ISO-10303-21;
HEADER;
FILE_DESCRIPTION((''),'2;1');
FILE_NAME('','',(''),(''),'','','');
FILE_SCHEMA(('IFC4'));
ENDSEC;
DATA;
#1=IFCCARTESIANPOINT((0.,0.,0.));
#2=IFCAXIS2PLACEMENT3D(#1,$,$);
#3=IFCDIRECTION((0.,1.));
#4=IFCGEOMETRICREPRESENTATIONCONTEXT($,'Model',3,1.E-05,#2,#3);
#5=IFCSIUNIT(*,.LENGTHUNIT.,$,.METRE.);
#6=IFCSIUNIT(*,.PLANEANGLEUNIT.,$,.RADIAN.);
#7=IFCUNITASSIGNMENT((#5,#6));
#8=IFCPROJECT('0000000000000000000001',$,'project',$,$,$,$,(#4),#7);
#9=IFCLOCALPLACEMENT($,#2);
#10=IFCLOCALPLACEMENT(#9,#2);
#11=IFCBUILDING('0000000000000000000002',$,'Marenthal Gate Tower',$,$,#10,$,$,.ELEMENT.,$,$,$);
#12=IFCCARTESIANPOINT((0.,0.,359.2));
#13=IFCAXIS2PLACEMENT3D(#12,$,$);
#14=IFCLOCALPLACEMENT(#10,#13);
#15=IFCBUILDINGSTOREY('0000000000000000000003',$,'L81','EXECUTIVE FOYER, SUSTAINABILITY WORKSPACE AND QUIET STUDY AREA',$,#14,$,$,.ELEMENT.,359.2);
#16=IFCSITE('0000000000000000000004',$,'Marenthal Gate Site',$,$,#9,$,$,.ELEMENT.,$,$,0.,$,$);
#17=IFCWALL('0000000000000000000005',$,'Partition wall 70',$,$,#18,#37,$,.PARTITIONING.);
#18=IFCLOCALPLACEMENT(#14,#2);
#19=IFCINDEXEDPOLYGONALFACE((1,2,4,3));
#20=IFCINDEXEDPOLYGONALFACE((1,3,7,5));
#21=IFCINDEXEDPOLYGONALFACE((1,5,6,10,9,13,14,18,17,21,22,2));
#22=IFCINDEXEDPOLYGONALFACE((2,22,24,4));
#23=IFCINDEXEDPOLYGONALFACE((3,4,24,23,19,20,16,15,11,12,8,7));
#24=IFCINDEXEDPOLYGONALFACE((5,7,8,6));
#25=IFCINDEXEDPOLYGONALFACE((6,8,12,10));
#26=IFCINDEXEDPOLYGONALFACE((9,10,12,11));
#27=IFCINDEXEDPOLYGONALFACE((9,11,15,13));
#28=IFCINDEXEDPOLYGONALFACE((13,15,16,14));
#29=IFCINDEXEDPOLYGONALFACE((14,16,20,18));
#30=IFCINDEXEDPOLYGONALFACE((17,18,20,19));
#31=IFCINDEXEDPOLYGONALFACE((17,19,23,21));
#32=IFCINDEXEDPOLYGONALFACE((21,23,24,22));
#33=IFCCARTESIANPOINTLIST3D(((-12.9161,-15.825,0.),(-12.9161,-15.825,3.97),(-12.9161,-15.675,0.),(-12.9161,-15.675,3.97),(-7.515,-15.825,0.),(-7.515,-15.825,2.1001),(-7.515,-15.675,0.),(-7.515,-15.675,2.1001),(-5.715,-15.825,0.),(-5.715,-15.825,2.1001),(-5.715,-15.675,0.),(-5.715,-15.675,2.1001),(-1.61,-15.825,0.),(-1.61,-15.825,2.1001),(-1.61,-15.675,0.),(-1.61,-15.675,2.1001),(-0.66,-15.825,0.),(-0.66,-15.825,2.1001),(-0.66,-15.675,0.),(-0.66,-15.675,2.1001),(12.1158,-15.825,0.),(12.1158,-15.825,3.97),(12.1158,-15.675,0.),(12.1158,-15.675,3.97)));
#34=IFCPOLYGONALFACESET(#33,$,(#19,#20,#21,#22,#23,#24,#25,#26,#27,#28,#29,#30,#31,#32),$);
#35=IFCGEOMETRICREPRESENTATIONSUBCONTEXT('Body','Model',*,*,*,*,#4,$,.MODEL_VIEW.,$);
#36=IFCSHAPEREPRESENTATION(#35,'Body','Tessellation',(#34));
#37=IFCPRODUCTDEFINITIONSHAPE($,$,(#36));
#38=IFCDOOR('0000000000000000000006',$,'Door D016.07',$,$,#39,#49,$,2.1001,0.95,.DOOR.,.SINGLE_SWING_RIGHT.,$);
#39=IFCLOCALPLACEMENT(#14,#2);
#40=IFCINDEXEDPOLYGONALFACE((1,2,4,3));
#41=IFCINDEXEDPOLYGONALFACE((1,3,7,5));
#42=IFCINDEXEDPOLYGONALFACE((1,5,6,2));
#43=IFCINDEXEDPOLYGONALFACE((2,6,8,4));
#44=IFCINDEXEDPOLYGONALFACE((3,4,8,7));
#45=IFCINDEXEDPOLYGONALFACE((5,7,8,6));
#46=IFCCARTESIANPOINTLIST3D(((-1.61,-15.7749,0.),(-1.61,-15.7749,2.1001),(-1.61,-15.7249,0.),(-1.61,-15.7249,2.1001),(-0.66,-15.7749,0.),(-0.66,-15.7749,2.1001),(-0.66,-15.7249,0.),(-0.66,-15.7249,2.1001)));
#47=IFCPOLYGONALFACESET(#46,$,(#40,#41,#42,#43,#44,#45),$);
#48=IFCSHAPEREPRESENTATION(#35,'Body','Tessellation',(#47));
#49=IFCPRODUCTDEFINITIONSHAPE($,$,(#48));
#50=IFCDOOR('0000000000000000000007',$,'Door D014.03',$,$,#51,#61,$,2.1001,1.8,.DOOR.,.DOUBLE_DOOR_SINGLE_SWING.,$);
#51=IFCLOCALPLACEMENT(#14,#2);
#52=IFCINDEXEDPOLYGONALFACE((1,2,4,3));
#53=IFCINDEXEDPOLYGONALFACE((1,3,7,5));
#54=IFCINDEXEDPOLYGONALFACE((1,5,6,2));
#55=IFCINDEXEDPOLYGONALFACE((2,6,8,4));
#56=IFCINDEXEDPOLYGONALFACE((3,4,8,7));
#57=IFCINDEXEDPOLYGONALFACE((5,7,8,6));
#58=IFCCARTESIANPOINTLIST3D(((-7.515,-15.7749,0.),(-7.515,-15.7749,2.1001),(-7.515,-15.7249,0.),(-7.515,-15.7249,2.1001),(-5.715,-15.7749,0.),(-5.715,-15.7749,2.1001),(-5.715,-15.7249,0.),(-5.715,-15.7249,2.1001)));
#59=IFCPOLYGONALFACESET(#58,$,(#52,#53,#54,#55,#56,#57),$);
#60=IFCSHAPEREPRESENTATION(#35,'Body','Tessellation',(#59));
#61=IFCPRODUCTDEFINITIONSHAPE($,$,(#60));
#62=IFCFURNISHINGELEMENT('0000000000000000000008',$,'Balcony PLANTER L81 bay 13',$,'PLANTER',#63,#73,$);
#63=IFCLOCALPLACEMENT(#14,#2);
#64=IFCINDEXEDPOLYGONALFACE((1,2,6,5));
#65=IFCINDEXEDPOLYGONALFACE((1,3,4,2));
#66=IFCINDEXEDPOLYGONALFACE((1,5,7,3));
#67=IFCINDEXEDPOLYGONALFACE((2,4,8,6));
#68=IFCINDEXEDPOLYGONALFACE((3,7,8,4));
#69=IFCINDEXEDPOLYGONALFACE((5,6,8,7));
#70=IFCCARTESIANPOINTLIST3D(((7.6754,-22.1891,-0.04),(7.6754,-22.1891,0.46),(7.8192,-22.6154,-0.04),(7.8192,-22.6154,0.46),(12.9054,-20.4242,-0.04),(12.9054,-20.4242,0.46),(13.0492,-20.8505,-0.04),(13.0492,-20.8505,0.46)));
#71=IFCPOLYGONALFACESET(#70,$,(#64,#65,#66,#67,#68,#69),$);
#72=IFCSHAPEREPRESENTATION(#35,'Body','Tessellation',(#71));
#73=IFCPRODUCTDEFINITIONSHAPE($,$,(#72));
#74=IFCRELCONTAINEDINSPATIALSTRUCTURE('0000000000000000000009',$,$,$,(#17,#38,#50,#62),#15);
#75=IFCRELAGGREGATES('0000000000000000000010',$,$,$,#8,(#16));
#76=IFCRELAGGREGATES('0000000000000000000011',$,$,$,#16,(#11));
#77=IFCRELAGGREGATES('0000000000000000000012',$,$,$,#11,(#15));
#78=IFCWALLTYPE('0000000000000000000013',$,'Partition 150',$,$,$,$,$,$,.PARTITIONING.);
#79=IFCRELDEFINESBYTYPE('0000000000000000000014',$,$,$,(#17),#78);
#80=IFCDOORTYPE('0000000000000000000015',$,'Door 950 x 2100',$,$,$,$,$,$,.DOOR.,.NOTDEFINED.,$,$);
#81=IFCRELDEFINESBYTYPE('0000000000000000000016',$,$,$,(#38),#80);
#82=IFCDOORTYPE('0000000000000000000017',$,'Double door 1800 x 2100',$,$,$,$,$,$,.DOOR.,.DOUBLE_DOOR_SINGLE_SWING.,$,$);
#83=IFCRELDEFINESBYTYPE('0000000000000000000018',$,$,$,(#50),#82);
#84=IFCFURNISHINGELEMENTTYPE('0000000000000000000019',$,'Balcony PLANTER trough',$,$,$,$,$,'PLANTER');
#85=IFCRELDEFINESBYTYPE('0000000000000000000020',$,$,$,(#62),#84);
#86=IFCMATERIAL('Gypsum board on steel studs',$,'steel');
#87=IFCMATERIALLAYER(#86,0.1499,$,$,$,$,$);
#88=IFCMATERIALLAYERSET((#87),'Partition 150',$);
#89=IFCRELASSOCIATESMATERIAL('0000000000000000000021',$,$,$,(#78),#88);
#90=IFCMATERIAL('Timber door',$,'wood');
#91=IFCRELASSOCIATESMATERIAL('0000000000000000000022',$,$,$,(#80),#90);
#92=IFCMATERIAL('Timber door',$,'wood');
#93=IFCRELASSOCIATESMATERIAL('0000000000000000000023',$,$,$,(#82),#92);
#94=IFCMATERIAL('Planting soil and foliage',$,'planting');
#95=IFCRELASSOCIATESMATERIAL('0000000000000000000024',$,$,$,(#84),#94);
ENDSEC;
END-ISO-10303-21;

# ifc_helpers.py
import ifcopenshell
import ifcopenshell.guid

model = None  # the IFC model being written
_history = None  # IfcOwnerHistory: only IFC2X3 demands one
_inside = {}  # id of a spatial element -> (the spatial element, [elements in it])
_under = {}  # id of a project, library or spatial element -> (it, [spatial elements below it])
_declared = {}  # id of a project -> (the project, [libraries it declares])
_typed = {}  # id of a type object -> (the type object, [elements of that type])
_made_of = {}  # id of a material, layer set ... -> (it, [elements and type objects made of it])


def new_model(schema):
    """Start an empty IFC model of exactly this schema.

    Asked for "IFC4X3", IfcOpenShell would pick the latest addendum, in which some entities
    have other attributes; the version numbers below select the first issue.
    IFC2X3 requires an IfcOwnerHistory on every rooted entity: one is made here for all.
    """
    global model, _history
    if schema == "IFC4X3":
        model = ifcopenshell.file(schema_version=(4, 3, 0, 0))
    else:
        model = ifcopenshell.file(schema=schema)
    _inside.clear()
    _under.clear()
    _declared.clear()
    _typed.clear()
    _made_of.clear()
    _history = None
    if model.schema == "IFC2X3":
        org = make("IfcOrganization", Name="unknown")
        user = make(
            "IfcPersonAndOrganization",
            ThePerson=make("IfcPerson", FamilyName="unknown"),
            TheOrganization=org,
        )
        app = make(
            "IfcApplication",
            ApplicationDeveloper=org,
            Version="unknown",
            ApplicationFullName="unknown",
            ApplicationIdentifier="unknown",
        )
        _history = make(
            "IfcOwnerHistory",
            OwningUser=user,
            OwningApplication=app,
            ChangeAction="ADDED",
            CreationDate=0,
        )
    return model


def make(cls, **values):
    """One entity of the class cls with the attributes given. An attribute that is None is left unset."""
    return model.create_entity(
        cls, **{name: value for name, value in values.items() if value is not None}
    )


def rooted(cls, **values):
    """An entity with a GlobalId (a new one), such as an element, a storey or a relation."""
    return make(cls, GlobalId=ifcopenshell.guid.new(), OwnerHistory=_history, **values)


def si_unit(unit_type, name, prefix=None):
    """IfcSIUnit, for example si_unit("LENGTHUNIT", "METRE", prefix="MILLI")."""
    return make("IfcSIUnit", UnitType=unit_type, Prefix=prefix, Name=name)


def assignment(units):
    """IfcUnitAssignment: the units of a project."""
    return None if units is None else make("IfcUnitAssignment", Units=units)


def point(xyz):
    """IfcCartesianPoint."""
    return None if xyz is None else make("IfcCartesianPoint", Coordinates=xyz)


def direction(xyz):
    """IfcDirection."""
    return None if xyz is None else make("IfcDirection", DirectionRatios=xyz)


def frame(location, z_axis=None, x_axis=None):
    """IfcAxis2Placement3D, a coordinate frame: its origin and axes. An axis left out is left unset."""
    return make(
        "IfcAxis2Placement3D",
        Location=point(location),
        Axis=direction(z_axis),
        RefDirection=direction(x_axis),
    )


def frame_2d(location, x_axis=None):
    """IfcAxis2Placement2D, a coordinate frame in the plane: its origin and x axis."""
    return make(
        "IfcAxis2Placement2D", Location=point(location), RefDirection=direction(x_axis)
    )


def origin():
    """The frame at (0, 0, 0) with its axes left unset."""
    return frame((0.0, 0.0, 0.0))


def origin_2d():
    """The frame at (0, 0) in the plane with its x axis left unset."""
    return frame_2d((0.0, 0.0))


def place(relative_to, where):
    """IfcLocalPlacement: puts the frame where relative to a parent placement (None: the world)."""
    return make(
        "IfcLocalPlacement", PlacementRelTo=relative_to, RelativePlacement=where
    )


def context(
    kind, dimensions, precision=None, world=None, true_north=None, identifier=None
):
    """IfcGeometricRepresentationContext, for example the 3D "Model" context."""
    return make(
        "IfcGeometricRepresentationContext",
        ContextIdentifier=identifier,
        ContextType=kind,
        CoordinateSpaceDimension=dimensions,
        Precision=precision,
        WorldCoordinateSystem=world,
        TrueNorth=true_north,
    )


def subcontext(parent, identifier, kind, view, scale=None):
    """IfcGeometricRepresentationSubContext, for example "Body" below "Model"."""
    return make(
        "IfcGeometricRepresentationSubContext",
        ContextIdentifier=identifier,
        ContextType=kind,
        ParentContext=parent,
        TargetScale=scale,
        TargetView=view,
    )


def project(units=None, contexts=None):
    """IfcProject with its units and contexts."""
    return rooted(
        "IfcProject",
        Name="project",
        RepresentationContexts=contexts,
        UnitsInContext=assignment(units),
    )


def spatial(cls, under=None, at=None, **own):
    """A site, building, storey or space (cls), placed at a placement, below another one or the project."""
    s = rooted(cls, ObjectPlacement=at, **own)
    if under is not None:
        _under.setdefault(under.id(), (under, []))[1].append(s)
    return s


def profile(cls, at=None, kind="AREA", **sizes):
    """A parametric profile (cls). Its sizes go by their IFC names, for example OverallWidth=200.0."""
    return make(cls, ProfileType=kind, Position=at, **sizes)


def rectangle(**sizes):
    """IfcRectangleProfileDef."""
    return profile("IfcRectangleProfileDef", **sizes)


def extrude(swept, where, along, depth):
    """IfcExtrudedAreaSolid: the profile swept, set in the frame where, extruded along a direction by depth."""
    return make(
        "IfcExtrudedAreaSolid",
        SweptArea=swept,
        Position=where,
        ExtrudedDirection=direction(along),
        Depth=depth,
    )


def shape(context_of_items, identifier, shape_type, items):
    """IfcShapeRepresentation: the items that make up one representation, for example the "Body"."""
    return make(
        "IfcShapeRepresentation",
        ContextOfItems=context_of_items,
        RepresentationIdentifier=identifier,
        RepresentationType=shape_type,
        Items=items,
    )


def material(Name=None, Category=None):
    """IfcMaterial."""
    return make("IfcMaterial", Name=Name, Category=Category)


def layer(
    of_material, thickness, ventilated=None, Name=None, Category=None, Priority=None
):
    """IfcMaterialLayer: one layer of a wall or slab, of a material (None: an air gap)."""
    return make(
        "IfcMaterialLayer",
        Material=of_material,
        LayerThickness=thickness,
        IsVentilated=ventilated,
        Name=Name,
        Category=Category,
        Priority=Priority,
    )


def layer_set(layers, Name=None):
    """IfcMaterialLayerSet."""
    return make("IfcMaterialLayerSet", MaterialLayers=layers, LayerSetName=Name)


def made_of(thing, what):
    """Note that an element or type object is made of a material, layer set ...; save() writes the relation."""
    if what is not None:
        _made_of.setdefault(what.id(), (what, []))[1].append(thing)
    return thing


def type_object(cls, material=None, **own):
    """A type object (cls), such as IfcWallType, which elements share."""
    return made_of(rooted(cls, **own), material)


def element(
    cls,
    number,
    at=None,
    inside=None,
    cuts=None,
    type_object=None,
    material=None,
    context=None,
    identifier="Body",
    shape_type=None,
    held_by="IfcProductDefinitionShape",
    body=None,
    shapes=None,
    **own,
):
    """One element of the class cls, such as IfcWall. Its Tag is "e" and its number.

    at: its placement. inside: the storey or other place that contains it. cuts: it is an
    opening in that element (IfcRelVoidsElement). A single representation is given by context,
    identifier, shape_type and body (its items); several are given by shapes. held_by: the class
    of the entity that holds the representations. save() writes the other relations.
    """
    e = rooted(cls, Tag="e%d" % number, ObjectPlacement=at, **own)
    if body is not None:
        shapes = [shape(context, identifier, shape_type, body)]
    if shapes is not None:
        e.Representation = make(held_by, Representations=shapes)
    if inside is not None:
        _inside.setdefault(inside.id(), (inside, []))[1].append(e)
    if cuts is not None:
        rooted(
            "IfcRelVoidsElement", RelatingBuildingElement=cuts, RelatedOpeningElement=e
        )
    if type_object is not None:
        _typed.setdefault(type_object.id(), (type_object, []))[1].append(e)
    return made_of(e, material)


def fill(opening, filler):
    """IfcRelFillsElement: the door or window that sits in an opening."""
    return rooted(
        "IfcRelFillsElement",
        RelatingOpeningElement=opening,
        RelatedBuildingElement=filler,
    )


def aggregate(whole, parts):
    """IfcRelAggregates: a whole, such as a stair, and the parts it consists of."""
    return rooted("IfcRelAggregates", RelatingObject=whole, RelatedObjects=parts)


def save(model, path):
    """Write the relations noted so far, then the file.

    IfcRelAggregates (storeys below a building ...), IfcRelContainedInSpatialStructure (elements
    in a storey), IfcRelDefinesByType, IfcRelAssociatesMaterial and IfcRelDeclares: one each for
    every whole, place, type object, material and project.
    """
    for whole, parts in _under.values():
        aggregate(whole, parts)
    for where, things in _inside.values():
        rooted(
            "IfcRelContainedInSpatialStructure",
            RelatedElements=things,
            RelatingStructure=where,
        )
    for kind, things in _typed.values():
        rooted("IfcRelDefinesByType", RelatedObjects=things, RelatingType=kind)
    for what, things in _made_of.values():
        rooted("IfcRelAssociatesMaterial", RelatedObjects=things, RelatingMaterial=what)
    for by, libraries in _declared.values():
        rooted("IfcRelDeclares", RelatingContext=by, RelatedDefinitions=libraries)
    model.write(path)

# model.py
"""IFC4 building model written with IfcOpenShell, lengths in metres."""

from ifc_helpers import new_model, si_unit, direction, frame, frame_2d, origin, origin_2d, place, context, subcontext, project, spatial, rectangle, extrude, material, layer, layer_set, type_object, element, fill, save


model = new_model("IFC4")

# Units and contexts
model_context = context("Model", 3, precision=1e-05, world=origin(), true_north=direction((0.0, 1.0)))
body_context = subcontext(model_context, "Body", "Model", "MODEL_VIEW")
ifc_project = project(units=[si_unit("LENGTHUNIT", "METRE"), si_unit("PLANEANGLEUNIT", "RADIAN")], contexts=[model_context])

# Site, building, storey
site_placement = place(None, origin())
site = spatial("IfcSite", under=ifc_project, at=site_placement, Name="Marenthal Gate Site", CompositionType="ELEMENT", RefElevation=0.0)
building_placement = place(site_placement, origin())
building = spatial("IfcBuilding", under=site, at=building_placement, Name="Marenthal Gate Tower", CompositionType="ELEMENT")
storey_placement = place(building_placement, frame((0.0, 0.0, 359.2)))
storey = spatial("IfcBuildingStorey", under=building, at=storey_placement, Name="L81", Description="EXECUTIVE FOYER, SUSTAINABILITY WORKSPACE AND QUIET STUDY AREA", CompositionType="ELEMENT", Elevation=359.2)

# Shared definitions
ifc_material_1 = material(Name="Gypsum board on steel studs", Category="steel")
ifc_layer_1 = layer(ifc_material_1, 0.1499)
ifc_layer_set_1 = layer_set([ifc_layer_1], Name="Partition 150")
wall_type_1 = type_object("IfcWallType", Name="Partition 150", PredefinedType="PARTITIONING", material=ifc_layer_set_1)

# Wall, openings, doors
wall_1_placement = place(storey_placement, frame((12.116, -15.75, 0.0), z_axis=(0.0, 0.0, 1.0), x_axis=(-1.0, 0.0, 0.0)))
wall_1 = element("IfcWall", 1, at=wall_1_placement, inside=storey, type_object=wall_type_1, Name="Partition wall 70", PredefinedType="PARTITIONING", context=body_context, shape_type="SweptSolid", body=[
    extrude(rectangle(XDim=25.032, YDim=0.1499, at=frame_2d((12.5161, 0.0))), origin(), (0.0, 0.0, 1.0), 3.97),
])
opening_1_placement = place(wall_1_placement, frame((12.7759, 0.0, 0.0)))
opening_1 = element("IfcOpeningElement", 2, at=opening_1_placement, cuts=wall_1, PredefinedType="OPENING", context=body_context, shape_type="SweptSolid", body=[
    extrude(rectangle(XDim=0.95, YDim=2.1001, at=frame_2d((0.4751, 1.05))), frame((0.0, 0.085, 0.0), z_axis=(0.0, -1.0, 0.0), x_axis=(1.0, 0.0, 0.0)), (0.0, 0.0, 1.0), 0.1699),
])
opening_2_placement = place(wall_1_placement, frame((17.8311, 0.0, 0.0)))
opening_2 = element("IfcOpeningElement", 3, at=opening_2_placement, cuts=wall_1, PredefinedType="OPENING", context=body_context, shape_type="SweptSolid", body=[
    extrude(rectangle(XDim=1.8, YDim=2.1001, at=frame_2d((0.8999, 1.05))), frame((0.0, 0.085, 0.0), z_axis=(0.0, -1.0, 0.0), x_axis=(1.0, 0.0, 0.0)), (0.0, 0.0, 1.0), 0.1699),
])
ifc_material_2 = material(Name="Timber door", Category="wood")
door_type_1 = type_object("IfcDoorType", Name="Door 950 x 2100", OperationType="NOTDEFINED", PredefinedType="DOOR", material=ifc_material_2)
door_1_placement = place(opening_1_placement, origin())
door_1 = element("IfcDoor", 4, at=door_1_placement, inside=storey, type_object=door_type_1, Name="Door D016.07", OperationType="SINGLE_SWING_RIGHT", OverallHeight=2.1001, OverallWidth=0.95, PredefinedType="DOOR", context=body_context, shape_type="SweptSolid", body=[
    extrude(rectangle(XDim=0.95, YDim=2.1001, at=frame_2d((0.4751, 1.05))), frame((0.0, 0.0249, 0.0), z_axis=(0.0, -1.0, 0.0), x_axis=(1.0, 0.0, 0.0)), (0.0, 0.0, 1.0), 0.05),
])
fill(opening_1, door_1)
ifc_material_3 = material(Name="Timber door", Category="wood")
door_type_2 = type_object("IfcDoorType", Name="Double door 1800 x 2100", OperationType="DOUBLE_DOOR_SINGLE_SWING", PredefinedType="DOOR", material=ifc_material_3)
door_2_placement = place(opening_2_placement, origin())
door_2 = element("IfcDoor", 5, at=door_2_placement, inside=storey, type_object=door_type_2, Name="Door D014.03", OperationType="DOUBLE_DOOR_SINGLE_SWING", OverallHeight=2.1001, OverallWidth=1.8, PredefinedType="DOOR", context=body_context, shape_type="SweptSolid", body=[
    extrude(rectangle(XDim=1.8, YDim=2.1001, at=frame_2d((0.8999, 1.05))), frame((0.0, 0.0249, 0.0), z_axis=(0.0, -1.0, 0.0), x_axis=(1.0, 0.0, 0.0)), (0.0, 0.0, 1.0), 0.05),
])
fill(opening_2, door_2)

# Furnishing element
ifc_material_4 = material(Name="Planting soil and foliage", Category="planting")
furnishing_element_type = type_object("IfcFurnishingElementType", Name="Balcony PLANTER trough", ElementType="PLANTER", material=ifc_material_4)
furnishing_placement = place(storey_placement, frame((10.3623, -21.5198, -0.04), z_axis=(0.0, 0.0, 1.0), x_axis=(0.947505, 0.31974, 0.0)))
element("IfcFurnishingElement", 6, at=furnishing_placement, inside=storey, type_object=furnishing_element_type, Name="Balcony PLANTER L81 bay 13", ObjectType="PLANTER", context=body_context, shape_type="SweptSolid", body=[
    extrude(rectangle(XDim=5.5198, YDim=0.45, at=origin_2d()), origin(), (0.0, 0.0, 1.0), 0.5),
])

save(model, "model.ifc")
